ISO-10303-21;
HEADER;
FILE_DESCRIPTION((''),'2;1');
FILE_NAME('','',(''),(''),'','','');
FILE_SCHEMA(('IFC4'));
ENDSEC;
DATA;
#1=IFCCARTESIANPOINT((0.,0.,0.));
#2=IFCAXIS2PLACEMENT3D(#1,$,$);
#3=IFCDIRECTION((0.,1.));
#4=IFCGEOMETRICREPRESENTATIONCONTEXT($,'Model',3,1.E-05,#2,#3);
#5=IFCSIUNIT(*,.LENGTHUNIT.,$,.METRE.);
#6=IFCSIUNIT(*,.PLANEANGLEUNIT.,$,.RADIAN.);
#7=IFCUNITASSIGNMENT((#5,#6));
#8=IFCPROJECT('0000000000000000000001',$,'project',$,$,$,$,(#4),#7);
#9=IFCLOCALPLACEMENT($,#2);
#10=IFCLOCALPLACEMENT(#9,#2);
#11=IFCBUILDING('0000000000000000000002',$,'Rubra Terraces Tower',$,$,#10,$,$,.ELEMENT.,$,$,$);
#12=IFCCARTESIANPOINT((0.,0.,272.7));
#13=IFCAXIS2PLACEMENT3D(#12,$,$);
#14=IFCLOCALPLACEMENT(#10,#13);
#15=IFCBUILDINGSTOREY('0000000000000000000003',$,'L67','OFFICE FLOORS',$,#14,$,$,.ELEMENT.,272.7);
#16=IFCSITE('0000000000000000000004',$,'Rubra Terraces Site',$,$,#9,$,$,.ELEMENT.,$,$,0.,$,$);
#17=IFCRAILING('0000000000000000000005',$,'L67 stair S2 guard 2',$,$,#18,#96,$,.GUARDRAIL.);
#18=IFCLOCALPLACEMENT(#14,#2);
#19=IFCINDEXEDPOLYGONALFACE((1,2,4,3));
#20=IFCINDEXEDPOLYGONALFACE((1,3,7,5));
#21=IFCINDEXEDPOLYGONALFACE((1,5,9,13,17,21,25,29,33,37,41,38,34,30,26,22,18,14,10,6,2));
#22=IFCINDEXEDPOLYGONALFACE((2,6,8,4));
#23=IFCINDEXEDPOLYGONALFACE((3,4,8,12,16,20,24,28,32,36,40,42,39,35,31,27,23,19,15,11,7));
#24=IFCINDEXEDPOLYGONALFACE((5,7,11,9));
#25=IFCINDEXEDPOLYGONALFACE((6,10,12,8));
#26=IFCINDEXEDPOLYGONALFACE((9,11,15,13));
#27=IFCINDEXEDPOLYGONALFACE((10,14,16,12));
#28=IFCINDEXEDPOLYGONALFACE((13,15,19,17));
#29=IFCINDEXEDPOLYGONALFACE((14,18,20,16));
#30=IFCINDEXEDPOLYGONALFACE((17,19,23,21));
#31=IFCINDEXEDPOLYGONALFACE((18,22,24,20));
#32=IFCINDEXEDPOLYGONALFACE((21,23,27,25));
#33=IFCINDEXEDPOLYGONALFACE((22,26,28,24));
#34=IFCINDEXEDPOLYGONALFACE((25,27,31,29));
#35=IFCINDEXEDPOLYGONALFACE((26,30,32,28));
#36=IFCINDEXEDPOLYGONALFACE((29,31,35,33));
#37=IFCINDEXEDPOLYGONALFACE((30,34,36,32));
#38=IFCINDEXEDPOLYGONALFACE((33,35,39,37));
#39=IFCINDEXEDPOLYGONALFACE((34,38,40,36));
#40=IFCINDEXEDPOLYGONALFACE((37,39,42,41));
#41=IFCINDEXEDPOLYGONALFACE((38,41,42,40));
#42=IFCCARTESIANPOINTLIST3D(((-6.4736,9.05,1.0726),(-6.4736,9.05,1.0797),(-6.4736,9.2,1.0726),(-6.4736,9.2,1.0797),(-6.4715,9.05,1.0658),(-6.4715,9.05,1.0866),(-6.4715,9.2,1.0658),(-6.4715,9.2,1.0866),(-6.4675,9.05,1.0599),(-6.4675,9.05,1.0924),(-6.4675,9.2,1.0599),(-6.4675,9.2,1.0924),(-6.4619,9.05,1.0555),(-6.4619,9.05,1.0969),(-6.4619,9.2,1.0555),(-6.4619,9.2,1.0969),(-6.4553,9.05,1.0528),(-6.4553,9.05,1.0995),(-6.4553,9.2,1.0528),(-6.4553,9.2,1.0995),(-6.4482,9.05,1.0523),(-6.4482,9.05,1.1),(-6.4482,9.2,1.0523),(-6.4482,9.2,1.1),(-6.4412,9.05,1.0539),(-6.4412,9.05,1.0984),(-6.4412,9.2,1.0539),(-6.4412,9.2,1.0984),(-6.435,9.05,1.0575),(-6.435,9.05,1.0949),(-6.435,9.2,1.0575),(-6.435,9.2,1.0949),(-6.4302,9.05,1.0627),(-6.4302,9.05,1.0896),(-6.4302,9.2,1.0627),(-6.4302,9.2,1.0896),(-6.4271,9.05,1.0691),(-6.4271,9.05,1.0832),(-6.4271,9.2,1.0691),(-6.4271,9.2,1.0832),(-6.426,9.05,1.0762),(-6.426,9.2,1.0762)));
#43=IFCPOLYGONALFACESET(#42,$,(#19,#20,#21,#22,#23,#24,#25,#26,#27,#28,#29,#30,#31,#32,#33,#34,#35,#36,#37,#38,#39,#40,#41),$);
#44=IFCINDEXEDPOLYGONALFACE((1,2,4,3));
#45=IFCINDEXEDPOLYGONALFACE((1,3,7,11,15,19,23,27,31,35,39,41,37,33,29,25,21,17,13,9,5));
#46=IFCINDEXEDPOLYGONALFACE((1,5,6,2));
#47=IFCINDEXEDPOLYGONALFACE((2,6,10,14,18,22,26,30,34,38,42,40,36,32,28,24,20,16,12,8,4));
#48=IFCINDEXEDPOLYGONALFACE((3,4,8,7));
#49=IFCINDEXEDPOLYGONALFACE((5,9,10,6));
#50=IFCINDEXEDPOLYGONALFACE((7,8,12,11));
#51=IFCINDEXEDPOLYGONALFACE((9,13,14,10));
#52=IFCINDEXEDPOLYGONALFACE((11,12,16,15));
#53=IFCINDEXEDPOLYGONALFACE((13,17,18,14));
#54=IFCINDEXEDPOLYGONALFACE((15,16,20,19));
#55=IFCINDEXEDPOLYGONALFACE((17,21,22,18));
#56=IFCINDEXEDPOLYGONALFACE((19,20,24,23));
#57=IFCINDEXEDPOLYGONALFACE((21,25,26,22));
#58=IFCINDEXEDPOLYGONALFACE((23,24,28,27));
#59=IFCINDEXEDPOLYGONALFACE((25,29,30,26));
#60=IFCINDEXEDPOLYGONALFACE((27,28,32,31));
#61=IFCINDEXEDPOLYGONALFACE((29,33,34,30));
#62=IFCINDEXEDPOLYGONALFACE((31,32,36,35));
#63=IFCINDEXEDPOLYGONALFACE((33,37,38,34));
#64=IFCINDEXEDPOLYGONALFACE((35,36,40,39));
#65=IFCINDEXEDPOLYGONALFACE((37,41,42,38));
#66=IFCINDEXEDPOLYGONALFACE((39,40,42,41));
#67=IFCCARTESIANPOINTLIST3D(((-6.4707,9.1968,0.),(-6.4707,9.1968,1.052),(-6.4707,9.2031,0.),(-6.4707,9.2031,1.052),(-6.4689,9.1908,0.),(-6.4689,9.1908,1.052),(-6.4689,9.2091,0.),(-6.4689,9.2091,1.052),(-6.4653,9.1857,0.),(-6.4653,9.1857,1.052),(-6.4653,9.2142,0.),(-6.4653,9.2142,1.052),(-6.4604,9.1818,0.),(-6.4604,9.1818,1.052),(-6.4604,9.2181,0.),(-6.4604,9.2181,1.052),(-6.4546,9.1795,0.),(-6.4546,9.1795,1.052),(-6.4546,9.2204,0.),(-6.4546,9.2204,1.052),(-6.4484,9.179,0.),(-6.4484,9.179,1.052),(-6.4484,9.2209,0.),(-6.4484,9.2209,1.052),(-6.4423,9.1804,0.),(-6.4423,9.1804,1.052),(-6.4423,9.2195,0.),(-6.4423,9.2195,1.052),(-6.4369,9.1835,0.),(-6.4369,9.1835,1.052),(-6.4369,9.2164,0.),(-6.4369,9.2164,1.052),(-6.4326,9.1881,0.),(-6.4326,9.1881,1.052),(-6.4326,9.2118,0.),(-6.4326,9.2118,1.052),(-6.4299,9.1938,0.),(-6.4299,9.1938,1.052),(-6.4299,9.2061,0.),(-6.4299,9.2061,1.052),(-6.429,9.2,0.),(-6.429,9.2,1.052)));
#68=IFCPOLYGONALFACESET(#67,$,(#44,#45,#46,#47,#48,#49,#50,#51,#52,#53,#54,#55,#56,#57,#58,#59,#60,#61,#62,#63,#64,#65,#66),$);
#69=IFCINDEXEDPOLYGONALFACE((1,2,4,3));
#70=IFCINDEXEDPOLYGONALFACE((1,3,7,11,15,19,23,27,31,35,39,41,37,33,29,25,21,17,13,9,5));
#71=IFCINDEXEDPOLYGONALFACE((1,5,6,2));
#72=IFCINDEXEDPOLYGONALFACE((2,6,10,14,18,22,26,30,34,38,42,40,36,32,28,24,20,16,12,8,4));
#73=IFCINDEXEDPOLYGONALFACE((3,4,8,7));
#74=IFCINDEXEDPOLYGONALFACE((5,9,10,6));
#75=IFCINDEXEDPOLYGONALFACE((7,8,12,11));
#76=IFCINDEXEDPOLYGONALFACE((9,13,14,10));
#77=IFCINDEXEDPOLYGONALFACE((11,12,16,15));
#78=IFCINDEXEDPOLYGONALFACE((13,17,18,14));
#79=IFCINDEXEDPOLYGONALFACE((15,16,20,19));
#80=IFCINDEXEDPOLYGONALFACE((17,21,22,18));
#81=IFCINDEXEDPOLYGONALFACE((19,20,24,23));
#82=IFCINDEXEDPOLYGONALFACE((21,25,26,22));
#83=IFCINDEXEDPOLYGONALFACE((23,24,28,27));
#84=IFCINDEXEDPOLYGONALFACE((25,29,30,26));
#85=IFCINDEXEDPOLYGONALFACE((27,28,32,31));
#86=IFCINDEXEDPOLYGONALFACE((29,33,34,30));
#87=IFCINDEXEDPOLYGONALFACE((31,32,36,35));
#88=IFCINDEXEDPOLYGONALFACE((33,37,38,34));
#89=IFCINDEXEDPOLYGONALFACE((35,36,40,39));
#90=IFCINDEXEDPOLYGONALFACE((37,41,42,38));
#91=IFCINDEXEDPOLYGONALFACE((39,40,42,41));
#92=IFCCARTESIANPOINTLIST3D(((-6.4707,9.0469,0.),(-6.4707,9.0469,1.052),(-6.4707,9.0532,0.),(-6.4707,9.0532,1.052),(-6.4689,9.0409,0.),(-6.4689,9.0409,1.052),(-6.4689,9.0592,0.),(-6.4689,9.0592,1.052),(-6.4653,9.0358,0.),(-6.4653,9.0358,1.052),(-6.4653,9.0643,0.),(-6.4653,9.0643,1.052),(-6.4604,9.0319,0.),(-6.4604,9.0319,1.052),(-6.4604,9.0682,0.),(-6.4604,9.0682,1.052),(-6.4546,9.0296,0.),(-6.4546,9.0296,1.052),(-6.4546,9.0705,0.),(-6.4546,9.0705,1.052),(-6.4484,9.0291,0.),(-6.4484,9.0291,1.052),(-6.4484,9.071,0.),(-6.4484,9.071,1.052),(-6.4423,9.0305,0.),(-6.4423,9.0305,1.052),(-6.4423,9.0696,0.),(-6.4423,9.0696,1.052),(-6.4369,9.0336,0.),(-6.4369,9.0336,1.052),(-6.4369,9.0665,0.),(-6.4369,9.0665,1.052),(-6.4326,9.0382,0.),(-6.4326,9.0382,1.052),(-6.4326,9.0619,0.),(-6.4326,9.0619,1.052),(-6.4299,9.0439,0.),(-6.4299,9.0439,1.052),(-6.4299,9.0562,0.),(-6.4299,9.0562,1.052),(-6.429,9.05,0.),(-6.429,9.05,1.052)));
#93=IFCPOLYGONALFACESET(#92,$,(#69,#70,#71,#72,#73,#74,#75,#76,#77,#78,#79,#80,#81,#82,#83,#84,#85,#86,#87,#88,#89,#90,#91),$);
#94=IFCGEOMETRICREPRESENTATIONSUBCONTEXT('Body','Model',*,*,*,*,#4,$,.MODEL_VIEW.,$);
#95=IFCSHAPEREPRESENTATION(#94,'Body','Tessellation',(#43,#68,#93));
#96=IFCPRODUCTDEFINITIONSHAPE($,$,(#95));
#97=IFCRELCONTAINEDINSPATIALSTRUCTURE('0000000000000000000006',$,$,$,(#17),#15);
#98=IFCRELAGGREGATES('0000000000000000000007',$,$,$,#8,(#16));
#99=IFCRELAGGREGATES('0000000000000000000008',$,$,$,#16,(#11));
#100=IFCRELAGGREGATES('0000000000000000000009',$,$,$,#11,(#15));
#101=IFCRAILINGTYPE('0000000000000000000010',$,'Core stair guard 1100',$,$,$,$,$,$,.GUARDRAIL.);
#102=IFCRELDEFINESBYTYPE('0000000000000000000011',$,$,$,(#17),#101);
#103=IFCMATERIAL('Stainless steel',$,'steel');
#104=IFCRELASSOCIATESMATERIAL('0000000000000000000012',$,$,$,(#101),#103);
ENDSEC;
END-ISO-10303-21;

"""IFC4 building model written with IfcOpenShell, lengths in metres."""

from ifc_helpers import new_model, si_unit, direction, frame, origin, origin_2d, place, context, subcontext, project, spatial, circle, extrude, material, type_object, element, save


model = new_model("IFC4")

# Units and contexts
model_context = context("Model", 3, precision=1e-05, world=origin(), true_north=direction((0.0, 1.0)))
body_context = subcontext(model_context, "Body", "Model", "MODEL_VIEW")
ifc_project = project(units=[si_unit("LENGTHUNIT", "METRE"), si_unit("PLANEANGLEUNIT", "RADIAN")], contexts=[model_context])

# Site, building, storey
site_placement = place(None, origin())
site = spatial("IfcSite", under=ifc_project, at=site_placement, Name="Rubra Terraces Site", CompositionType="ELEMENT", RefElevation=0.0)
building_placement = place(site_placement, origin())
building = spatial("IfcBuilding", under=site, at=building_placement, Name="Rubra Terraces Tower", CompositionType="ELEMENT")
storey_placement = place(building_placement, frame((0.0, 0.0, 272.7)))
storey = spatial("IfcBuildingStorey", under=building, at=storey_placement, Name="L67", Description="OFFICE FLOORS", CompositionType="ELEMENT", Elevation=272.7)

# Shared definitions
ifc_material_1 = material(Name="Stainless steel", Category="steel")

# Railing
railing_type_1 = type_object("IfcRailingType", Name="Core stair guard 1100", PredefinedType="GUARDRAIL", material=ifc_material_1)
railing_1_placement = place(storey_placement, frame((-6.45, 9.2, 0.0)))
element("IfcRailing", 1, at=railing_1_placement, inside=storey, type_object=railing_type_1, Name="L67 stair S2 guard 2", PredefinedType="GUARDRAIL", context=body_context, shape_type="SweptSolid", body=[
    extrude(circle(Radius=0.0239, at=origin_2d()), frame((0.0, 0.0, 1.0762), z_axis=(0.0, -1.0, 0.0), x_axis=(1.0, 0.0, 0.0)), (0.0, 0.0, 1.0), 0.1499),
    extrude(circle(Radius=0.021, at=origin_2d()), origin(), (0.0, 0.0, 1.0), 1.052),
    extrude(circle(Radius=0.021, at=origin_2d()), frame((0.0, -0.1499, 0.0)), (0.0, 0.0, 1.0), 1.052),
])

save(model, "model.ifc")
